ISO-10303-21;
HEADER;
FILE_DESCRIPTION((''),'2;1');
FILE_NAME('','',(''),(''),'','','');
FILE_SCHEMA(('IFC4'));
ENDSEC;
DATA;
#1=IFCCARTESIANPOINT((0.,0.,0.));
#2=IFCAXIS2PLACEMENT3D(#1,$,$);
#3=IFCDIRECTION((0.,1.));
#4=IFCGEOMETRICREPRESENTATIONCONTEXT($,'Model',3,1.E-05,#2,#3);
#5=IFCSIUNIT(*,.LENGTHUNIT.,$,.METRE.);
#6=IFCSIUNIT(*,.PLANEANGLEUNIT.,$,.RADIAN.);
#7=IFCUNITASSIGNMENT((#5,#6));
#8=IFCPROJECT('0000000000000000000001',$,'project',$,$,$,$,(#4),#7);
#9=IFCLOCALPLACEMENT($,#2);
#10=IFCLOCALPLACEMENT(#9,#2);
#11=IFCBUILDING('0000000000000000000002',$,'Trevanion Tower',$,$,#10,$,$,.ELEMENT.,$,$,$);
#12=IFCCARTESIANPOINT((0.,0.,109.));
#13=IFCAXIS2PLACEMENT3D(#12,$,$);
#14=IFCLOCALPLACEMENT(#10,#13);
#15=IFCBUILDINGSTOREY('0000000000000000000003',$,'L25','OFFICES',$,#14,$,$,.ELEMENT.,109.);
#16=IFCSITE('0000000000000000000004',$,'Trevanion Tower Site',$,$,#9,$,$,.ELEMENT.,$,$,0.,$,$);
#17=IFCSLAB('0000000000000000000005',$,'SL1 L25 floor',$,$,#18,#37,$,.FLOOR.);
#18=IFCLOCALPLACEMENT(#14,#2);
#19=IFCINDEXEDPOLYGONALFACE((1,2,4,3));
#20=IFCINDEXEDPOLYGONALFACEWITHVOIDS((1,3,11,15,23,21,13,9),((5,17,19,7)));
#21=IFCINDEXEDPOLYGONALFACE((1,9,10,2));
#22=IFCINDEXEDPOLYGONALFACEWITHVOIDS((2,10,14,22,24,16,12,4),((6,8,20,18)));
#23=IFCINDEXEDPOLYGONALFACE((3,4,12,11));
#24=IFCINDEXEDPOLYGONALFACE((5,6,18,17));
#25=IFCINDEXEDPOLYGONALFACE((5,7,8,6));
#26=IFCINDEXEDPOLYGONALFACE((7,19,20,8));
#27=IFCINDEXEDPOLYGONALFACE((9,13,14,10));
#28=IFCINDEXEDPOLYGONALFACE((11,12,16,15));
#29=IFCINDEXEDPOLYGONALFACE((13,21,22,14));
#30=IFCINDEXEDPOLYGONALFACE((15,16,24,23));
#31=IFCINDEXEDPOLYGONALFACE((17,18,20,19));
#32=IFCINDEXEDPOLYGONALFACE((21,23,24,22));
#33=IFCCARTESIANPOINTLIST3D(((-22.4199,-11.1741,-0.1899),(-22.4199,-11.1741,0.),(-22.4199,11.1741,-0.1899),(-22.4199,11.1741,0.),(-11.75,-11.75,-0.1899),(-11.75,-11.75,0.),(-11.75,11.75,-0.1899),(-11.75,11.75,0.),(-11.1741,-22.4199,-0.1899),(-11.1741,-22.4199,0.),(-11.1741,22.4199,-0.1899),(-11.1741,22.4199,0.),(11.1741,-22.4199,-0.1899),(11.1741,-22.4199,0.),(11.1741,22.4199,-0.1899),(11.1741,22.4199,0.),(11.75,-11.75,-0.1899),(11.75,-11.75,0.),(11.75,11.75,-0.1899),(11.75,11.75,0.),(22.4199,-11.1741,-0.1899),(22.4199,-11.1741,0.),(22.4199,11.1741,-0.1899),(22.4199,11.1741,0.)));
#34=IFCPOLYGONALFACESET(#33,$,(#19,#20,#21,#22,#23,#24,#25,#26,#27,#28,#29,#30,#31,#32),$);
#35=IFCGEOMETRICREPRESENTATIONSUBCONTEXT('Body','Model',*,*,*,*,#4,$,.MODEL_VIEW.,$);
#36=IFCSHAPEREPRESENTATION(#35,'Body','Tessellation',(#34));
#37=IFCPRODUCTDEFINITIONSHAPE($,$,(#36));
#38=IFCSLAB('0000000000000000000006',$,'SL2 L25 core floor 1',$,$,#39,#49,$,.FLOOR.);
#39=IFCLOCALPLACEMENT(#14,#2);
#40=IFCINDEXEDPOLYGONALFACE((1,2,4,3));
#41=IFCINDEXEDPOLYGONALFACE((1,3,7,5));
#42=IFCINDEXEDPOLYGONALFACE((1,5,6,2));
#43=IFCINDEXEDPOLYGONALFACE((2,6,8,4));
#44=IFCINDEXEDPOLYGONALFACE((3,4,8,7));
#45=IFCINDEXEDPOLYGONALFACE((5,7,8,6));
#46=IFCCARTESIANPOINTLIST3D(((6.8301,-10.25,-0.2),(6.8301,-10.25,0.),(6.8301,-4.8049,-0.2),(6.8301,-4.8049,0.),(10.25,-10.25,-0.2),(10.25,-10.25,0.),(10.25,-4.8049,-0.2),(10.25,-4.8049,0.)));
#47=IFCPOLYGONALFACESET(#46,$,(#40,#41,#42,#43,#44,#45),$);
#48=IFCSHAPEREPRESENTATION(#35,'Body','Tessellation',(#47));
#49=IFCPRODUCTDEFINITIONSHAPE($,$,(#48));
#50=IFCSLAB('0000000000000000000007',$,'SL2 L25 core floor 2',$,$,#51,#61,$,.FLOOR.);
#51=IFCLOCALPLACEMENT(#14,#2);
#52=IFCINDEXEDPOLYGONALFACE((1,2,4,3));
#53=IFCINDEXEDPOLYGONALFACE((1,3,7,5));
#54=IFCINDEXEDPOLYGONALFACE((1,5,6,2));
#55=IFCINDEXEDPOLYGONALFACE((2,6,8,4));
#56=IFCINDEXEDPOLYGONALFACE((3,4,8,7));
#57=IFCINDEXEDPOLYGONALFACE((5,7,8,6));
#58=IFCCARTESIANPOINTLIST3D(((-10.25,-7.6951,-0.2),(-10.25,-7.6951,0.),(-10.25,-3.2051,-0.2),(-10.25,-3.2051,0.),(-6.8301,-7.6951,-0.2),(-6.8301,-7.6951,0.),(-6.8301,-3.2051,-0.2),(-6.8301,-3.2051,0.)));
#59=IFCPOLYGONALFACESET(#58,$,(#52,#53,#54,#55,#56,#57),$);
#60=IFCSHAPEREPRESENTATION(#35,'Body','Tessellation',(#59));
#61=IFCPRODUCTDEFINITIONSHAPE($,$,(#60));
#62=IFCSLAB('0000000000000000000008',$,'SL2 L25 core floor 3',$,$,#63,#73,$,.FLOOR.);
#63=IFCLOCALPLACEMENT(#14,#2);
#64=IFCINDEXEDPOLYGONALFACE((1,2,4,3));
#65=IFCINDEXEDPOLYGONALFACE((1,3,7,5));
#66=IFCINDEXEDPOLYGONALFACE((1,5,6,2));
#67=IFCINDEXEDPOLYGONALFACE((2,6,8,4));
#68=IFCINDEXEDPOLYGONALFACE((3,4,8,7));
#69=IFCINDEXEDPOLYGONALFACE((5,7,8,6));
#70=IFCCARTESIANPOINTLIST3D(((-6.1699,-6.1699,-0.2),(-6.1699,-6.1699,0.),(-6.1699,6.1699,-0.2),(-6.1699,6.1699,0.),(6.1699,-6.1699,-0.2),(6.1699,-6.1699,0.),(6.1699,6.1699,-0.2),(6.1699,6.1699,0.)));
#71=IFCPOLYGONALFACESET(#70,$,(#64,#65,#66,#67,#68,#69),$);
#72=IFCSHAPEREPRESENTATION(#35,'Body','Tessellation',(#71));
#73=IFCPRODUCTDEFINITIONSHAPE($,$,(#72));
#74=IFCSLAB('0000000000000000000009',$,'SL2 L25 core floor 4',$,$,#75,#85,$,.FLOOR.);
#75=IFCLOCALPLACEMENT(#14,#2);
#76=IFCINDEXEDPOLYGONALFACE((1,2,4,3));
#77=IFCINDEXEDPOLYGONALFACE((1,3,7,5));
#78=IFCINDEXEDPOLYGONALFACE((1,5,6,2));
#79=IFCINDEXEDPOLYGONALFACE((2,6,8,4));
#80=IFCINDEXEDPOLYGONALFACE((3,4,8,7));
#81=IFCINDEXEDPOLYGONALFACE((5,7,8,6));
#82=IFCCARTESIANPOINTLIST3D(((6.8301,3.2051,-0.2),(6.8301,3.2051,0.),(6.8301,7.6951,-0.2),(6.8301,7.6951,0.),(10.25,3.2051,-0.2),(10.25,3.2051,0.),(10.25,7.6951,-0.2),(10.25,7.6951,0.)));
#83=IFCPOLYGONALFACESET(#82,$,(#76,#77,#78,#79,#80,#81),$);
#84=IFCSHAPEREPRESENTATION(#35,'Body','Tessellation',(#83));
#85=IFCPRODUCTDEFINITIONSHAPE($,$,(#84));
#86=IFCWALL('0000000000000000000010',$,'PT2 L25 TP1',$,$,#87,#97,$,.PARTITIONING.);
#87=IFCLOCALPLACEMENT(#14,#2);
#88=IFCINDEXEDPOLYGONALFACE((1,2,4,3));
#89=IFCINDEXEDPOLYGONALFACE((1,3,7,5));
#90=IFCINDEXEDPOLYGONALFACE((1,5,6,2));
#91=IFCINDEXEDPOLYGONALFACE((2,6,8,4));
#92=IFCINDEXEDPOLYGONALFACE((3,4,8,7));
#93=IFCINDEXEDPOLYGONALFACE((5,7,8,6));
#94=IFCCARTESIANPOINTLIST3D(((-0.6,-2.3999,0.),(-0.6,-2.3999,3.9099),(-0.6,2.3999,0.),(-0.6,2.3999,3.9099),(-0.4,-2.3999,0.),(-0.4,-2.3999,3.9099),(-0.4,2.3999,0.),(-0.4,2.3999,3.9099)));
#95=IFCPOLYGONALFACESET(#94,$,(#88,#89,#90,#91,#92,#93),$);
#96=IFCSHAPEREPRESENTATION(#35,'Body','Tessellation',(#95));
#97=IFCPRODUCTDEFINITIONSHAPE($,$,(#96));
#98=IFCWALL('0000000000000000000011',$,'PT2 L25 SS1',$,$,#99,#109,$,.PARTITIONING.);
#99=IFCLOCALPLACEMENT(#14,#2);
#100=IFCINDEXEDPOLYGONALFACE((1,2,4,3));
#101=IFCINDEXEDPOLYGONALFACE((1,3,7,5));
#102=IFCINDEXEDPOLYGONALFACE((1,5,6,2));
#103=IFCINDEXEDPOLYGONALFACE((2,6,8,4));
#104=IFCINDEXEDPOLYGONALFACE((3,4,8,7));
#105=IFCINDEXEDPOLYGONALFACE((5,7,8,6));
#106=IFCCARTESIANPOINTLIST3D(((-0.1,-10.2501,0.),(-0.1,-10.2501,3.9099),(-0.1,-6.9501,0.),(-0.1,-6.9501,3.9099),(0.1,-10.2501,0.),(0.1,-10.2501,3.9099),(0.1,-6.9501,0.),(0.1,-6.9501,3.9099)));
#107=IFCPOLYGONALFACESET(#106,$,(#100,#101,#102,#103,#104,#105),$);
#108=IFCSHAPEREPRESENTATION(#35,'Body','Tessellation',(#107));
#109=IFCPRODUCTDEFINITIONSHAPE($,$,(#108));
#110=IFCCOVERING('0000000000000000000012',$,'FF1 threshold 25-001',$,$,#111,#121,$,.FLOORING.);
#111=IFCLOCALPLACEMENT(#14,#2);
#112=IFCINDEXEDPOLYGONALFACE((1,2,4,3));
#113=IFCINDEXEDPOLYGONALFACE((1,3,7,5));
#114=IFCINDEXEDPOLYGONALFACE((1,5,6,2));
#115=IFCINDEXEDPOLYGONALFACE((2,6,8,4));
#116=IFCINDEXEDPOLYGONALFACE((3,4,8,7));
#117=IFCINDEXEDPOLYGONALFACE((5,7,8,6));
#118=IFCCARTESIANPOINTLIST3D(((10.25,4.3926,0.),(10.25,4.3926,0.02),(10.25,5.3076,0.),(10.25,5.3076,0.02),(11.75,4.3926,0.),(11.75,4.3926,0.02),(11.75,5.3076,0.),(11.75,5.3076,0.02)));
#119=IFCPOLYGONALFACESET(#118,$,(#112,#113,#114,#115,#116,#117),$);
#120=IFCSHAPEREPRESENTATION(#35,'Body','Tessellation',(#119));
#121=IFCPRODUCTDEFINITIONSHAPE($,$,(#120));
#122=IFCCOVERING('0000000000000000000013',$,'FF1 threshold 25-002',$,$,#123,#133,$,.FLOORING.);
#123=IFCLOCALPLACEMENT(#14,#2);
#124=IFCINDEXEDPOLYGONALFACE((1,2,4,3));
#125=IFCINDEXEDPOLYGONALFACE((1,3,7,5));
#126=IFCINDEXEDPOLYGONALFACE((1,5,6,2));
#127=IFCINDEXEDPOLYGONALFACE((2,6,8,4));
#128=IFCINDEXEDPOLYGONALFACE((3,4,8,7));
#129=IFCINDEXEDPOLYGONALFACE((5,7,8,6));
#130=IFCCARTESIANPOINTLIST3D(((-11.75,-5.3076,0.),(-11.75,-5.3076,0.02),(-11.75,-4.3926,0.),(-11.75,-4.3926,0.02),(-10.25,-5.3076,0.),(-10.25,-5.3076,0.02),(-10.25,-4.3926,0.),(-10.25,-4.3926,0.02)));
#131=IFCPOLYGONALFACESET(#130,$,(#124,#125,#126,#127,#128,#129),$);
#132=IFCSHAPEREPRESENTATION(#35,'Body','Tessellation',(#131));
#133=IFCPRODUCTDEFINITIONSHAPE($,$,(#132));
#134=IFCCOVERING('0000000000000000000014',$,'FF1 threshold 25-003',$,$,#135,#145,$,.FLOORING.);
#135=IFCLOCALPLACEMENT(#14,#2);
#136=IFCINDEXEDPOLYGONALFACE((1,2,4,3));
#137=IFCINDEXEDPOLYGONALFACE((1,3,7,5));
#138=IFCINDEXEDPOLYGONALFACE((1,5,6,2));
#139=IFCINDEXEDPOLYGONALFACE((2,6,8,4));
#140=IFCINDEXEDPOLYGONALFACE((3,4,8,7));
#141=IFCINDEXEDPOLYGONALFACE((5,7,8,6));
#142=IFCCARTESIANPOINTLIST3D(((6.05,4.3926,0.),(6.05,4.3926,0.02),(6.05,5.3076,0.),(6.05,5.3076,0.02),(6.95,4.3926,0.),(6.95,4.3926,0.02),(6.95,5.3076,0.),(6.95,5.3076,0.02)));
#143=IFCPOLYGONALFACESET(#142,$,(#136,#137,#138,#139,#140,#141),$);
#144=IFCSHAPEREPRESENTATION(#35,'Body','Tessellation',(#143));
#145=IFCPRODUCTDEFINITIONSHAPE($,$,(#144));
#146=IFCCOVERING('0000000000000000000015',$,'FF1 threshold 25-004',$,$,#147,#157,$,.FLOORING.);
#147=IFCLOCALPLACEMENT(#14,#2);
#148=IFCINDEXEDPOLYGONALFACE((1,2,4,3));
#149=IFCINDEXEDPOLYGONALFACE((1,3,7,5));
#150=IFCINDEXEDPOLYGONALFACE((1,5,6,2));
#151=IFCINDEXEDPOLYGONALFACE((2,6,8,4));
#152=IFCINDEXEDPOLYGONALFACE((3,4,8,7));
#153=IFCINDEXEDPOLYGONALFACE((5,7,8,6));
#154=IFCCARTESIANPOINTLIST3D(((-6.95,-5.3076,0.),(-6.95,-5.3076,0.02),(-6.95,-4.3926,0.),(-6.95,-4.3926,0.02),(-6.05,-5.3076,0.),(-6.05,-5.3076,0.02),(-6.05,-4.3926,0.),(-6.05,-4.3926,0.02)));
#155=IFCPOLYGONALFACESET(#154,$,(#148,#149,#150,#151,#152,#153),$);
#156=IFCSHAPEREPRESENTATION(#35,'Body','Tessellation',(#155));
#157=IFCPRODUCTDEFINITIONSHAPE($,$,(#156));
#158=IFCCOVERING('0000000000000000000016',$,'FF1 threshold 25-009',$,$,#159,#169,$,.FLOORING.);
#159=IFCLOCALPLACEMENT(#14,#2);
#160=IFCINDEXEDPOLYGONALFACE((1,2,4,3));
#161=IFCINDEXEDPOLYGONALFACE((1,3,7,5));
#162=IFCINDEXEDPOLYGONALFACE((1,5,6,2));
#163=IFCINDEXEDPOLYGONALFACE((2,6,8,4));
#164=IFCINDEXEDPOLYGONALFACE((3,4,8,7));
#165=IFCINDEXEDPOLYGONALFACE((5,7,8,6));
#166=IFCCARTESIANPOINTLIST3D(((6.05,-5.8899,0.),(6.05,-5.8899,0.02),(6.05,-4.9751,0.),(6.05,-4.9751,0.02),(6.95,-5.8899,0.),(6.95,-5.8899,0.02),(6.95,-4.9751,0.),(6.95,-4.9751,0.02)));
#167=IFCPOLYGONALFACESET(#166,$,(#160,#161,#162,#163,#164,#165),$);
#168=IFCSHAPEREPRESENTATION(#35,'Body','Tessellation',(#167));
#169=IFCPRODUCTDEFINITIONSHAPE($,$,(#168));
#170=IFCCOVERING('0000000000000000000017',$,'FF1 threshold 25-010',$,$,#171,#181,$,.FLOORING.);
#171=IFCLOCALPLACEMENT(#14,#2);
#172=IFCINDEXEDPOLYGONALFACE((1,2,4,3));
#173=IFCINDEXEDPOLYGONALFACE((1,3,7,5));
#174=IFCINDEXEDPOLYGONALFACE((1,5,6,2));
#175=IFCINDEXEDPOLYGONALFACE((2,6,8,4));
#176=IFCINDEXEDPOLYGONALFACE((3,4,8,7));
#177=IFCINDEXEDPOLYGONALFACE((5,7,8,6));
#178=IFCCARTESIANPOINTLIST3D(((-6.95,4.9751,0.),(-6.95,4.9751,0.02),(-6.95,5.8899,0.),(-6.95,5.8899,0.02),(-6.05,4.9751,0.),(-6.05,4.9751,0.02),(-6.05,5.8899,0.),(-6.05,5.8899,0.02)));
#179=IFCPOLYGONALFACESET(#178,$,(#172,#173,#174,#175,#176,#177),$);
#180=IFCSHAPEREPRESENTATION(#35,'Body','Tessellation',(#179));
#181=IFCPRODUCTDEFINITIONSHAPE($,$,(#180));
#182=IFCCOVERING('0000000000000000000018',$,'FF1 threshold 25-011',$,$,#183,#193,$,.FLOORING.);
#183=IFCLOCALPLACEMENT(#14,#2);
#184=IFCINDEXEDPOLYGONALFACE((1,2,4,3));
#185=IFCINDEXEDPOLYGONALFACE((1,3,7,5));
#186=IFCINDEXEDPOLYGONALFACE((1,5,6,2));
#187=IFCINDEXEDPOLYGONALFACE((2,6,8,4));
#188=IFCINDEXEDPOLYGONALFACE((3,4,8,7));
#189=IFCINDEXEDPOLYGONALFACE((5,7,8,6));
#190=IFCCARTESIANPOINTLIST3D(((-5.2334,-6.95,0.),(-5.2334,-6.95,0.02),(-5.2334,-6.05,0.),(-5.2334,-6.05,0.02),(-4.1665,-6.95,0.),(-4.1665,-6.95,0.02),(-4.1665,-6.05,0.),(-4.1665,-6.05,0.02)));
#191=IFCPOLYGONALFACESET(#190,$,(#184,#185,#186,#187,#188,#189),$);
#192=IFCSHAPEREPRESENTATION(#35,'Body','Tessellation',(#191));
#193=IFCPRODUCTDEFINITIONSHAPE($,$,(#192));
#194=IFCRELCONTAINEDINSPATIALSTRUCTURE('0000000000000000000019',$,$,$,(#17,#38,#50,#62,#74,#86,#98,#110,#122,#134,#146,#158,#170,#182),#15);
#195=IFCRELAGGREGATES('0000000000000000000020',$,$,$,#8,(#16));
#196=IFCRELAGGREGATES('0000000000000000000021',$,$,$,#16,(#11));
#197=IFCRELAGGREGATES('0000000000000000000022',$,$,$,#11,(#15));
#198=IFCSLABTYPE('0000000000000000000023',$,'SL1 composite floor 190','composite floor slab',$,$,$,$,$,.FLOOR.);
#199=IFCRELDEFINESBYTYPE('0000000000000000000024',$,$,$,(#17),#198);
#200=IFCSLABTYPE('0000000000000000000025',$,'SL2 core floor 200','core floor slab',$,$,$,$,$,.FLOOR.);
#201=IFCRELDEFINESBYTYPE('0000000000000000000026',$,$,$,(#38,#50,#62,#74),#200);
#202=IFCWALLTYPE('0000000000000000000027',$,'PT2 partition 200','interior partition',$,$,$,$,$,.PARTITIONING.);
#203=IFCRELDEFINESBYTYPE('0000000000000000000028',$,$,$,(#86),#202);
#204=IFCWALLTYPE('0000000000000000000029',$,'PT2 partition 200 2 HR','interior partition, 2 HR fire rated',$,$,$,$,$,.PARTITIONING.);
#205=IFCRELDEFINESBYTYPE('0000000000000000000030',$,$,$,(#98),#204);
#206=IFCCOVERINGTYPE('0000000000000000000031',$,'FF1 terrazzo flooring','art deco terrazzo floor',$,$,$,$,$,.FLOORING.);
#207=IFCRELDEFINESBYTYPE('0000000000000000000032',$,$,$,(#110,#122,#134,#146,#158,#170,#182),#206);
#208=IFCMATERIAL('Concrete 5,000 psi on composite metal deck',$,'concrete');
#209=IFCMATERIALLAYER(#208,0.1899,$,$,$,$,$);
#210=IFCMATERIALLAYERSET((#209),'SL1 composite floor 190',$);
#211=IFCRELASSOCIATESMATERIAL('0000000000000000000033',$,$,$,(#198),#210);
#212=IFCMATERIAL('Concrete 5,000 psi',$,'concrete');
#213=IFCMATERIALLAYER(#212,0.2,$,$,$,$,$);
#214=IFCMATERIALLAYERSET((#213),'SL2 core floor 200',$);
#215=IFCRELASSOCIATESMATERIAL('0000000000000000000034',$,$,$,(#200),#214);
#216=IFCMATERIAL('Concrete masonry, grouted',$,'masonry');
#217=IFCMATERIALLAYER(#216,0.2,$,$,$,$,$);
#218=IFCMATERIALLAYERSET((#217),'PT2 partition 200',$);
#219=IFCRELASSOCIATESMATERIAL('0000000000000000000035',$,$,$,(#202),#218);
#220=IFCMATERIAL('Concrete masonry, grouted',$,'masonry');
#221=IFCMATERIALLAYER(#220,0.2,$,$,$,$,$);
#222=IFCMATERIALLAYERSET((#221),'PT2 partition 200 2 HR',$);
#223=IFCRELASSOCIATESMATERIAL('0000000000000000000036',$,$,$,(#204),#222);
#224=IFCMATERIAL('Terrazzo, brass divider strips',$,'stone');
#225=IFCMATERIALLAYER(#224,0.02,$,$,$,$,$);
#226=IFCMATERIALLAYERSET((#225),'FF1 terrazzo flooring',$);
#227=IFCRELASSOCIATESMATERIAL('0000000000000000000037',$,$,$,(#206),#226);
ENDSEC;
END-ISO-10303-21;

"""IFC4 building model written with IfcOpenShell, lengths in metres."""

from ifc_helpers import new_model, si_unit, direction, frame, frame_2d, origin, place, context, subcontext, project, spatial, polyline, rectangle, outline, extrude, material, layer, layer_set, type_object, element, save


model = new_model("IFC4")

# Units and contexts
model_context = context("Model", 3, precision=1e-05, world=origin(), true_north=direction((0.0, 1.0)))
body_context = subcontext(model_context, "Body", "Model", "MODEL_VIEW")
ifc_project = project(units=[si_unit("LENGTHUNIT", "METRE"), si_unit("PLANEANGLEUNIT", "RADIAN")], contexts=[model_context])

# Site, building, storey
site_placement = place(None, origin())
site = spatial("IfcSite", under=ifc_project, at=site_placement, Name="Trevanion Tower Site", CompositionType="ELEMENT", RefElevation=0.0)
building_placement = place(site_placement, origin())
building = spatial("IfcBuilding", under=site, at=building_placement, Name="Trevanion Tower", CompositionType="ELEMENT")
storey_placement = place(building_placement, frame((0.0, 0.0, 109.0)))
storey = spatial("IfcBuildingStorey", under=building, at=storey_placement, Name="L25", Description="OFFICES", CompositionType="ELEMENT", Elevation=109.0)

# Slabs
ifc_material_1 = material(Name="Concrete 5,000 psi on composite metal deck", Category="concrete")
ifc_layer_1 = layer(ifc_material_1, 0.1899)
ifc_layer_set_1 = layer_set([ifc_layer_1], Name="SL1 composite floor 190")
slab_type_1 = type_object("IfcSlabType", Name="SL1 composite floor 190", Description="composite floor slab", PredefinedType="FLOOR", material=ifc_layer_set_1)
slab_1_placement = place(storey_placement, frame((0.0, 0.0, -0.1899)))
element("IfcSlab", 1, at=slab_1_placement, inside=storey, type_object=slab_type_1, Name="SL1 L25 floor", PredefinedType="FLOOR", context=body_context, shape_type="SweptSolid", body=[
    extrude(outline(polyline([(22.4199, -11.1741), (22.4199, 11.1741), (11.1741, 22.4199), (-11.1741, 22.4199), (-22.4199, 11.1741), (-22.4199, -11.1741), (-11.1741, -22.4199), (11.1741, -22.4199), (22.4199, -11.1741)]), holes=[polyline([(11.75, -11.75), (11.75, 11.75), (-11.75, 11.75), (-11.75, -11.75), (11.75, -11.75)])]), origin(), (0.0, 0.0, 1.0), 0.1899),
])
ifc_material_2 = material(Name="Concrete 5,000 psi", Category="concrete")
ifc_layer_2 = layer(ifc_material_2, 0.2)
ifc_layer_set_2 = layer_set([ifc_layer_2], Name="SL2 core floor 200")
slab_type_2 = type_object("IfcSlabType", Name="SL2 core floor 200", Description="core floor slab", PredefinedType="FLOOR", material=ifc_layer_set_2)
slab_2_placement = place(storey_placement, frame((0.0, 0.0, -0.2)))
element("IfcSlab", 2, at=slab_2_placement, inside=storey, type_object=slab_type_2, Name="SL2 L25 core floor 1", PredefinedType="FLOOR", context=body_context, shape_type="SweptSolid", body=[
    extrude(outline(polyline([(10.25, -4.8049), (10.25, -10.25), (6.8301, -10.25), (6.8301, -4.8049), (10.25, -4.8049)])), origin(), (0.0, 0.0, 1.0), 0.2),
])
slab_3_placement = place(storey_placement, frame((0.0, 0.0, -0.2)))
element("IfcSlab", 3, at=slab_3_placement, inside=storey, type_object=slab_type_2, Name="SL2 L25 core floor 2", PredefinedType="FLOOR", context=body_context, shape_type="SweptSolid", body=[
    extrude(outline(polyline([(-6.8301, -3.2051), (-6.8301, -7.6951), (-10.25, -7.6951), (-10.25, -3.2051), (-6.8301, -3.2051)])), origin(), (0.0, 0.0, 1.0), 0.2),
])
slab_4_placement = place(storey_placement, frame((0.0, 0.0, -0.2)))
element("IfcSlab", 4, at=slab_4_placement, inside=storey, type_object=slab_type_2, Name="SL2 L25 core floor 3", PredefinedType="FLOOR", context=body_context, shape_type="SweptSolid", body=[
    extrude(outline(polyline([(6.1699, -6.1699), (-6.1699, -6.1699), (-6.1699, 6.1699), (6.1699, 6.1699), (6.1699, -6.1699)])), origin(), (0.0, 0.0, 1.0), 0.2),
])
slab_5_placement = place(storey_placement, frame((0.0, 0.0, -0.2)))
element("IfcSlab", 5, at=slab_5_placement, inside=storey, type_object=slab_type_2, Name="SL2 L25 core floor 4", PredefinedType="FLOOR", context=body_context, shape_type="SweptSolid", body=[
    extrude(outline(polyline([(6.8301, 3.2051), (6.8301, 7.6951), (10.25, 7.6951), (10.25, 3.2051), (6.8301, 3.2051)])), origin(), (0.0, 0.0, 1.0), 0.2),
])

# Walls
ifc_material_3 = material(Name="Concrete masonry, grouted", Category="masonry")
ifc_layer_3 = layer(ifc_material_3, 0.2)
ifc_layer_set_3 = layer_set([ifc_layer_3], Name="PT2 partition 200")
wall_type_1 = type_object("IfcWallType", Name="PT2 partition 200", Description="interior partition", PredefinedType="PARTITIONING", material=ifc_layer_set_3)
wall_1_placement = place(storey_placement, frame((-0.5, -2.3999, 0.0), z_axis=(0.0, 0.0, 1.0), x_axis=(0.0, 1.0, 0.0)))
element("IfcWall", 6, at=wall_1_placement, inside=storey, type_object=wall_type_1, Name="PT2 L25 TP1", PredefinedType="PARTITIONING", context=body_context, shape_type="SweptSolid", body=[
    extrude(rectangle(XDim=4.7998, YDim=0.2, at=frame_2d((2.3999, 0.0))), origin(), (0.0, 0.0, 1.0), 3.9099),
])
ifc_material_4 = material(Name="Concrete masonry, grouted", Category="masonry")
ifc_layer_4 = layer(ifc_material_4, 0.2)
ifc_layer_set_4 = layer_set([ifc_layer_4], Name="PT2 partition 200 2 HR")
wall_type_2 = type_object("IfcWallType", Name="PT2 partition 200 2 HR", Description="interior partition, 2 HR fire rated", PredefinedType="PARTITIONING", material=ifc_layer_set_4)
wall_2_placement = place(storey_placement, frame((0.0, -10.25, 0.0), z_axis=(0.0, 0.0, 1.0), x_axis=(0.0, 1.0, 0.0)))
element("IfcWall", 7, at=wall_2_placement, inside=storey, type_object=wall_type_2, Name="PT2 L25 SS1", PredefinedType="PARTITIONING", context=body_context, shape_type="SweptSolid", body=[
    extrude(rectangle(XDim=3.3, YDim=0.2, at=frame_2d((1.6499, 0.0))), origin(), (0.0, 0.0, 1.0), 3.9099),
])

# Coverings
ifc_material_5 = material(Name="Terrazzo, brass divider strips", Category="stone")
ifc_layer_5 = layer(ifc_material_5, 0.02)
ifc_layer_set_5 = layer_set([ifc_layer_5], Name="FF1 terrazzo flooring")
covering_type = type_object("IfcCoveringType", Name="FF1 terrazzo flooring", Description="art deco terrazzo floor", PredefinedType="FLOORING", material=ifc_layer_set_5)
covering_1_placement = place(storey_placement, origin())
element("IfcCovering", 8, at=covering_1_placement, inside=storey, type_object=covering_type, Name="FF1 threshold 25-001", PredefinedType="FLOORING", context=body_context, shape_type="SweptSolid", body=[
    extrude(outline(polyline([(11.75, 4.3926), (11.75, 5.3076), (10.25, 5.3076), (10.25, 4.3926), (11.75, 4.3926)])), origin(), (0.0, 0.0, 1.0), 0.02),
])
covering_2_placement = place(storey_placement, origin())
element("IfcCovering", 9, at=covering_2_placement, inside=storey, type_object=covering_type, Name="FF1 threshold 25-002", PredefinedType="FLOORING", context=body_context, shape_type="SweptSolid", body=[
    extrude(outline(polyline([(-11.75, -4.3926), (-11.75, -5.3076), (-10.25, -5.3076), (-10.25, -4.3926), (-11.75, -4.3926)])), origin(), (0.0, 0.0, 1.0), 0.02),
])
covering_3_placement = place(storey_placement, origin())
element("IfcCovering", 10, at=covering_3_placement, inside=storey, type_object=covering_type, Name="FF1 threshold 25-003", PredefinedType="FLOORING", context=body_context, shape_type="SweptSolid", body=[
    extrude(outline(polyline([(6.95, 4.3926), (6.95, 5.3076), (6.05, 5.3076), (6.05, 4.3926), (6.95, 4.3926)])), origin(), (0.0, 0.0, 1.0), 0.02),
])
covering_4_placement = place(storey_placement, origin())
element("IfcCovering", 11, at=covering_4_placement, inside=storey, type_object=covering_type, Name="FF1 threshold 25-004", PredefinedType="FLOORING", context=body_context, shape_type="SweptSolid", body=[
    extrude(outline(polyline([(-6.95, -4.3926), (-6.95, -5.3076), (-6.05, -5.3076), (-6.05, -4.3926), (-6.95, -4.3926)])), origin(), (0.0, 0.0, 1.0), 0.02),
])
covering_5_placement = place(storey_placement, origin())
element("IfcCovering", 12, at=covering_5_placement, inside=storey, type_object=covering_type, Name="FF1 threshold 25-009", PredefinedType="FLOORING", context=body_context, shape_type="SweptSolid", body=[
    extrude(outline(polyline([(6.95, -5.8899), (6.95, -4.9751), (6.05, -4.9751), (6.05, -5.8899), (6.95, -5.8899)])), origin(), (0.0, 0.0, 1.0), 0.02),
])
covering_6_placement = place(storey_placement, origin())
element("IfcCovering", 13, at=covering_6_placement, inside=storey, type_object=covering_type, Name="FF1 threshold 25-010", PredefinedType="FLOORING", context=body_context, shape_type="SweptSolid", body=[
    extrude(outline(polyline([(-6.95, 5.8899), (-6.95, 4.9751), (-6.05, 4.9751), (-6.05, 5.8899), (-6.95, 5.8899)])), origin(), (0.0, 0.0, 1.0), 0.02),
])
covering_7_placement = place(storey_placement, origin())
element("IfcCovering", 14, at=covering_7_placement, inside=storey, type_object=covering_type, Name="FF1 threshold 25-011", PredefinedType="FLOORING", context=body_context, shape_type="SweptSolid", body=[
    extrude(outline(polyline([(-5.2334, -6.95), (-4.1665, -6.95), (-4.1665, -6.05), (-5.2334, -6.05), (-5.2334, -6.95)])), origin(), (0.0, 0.0, 1.0), 0.02),
])

save(model, "model.ifc")
